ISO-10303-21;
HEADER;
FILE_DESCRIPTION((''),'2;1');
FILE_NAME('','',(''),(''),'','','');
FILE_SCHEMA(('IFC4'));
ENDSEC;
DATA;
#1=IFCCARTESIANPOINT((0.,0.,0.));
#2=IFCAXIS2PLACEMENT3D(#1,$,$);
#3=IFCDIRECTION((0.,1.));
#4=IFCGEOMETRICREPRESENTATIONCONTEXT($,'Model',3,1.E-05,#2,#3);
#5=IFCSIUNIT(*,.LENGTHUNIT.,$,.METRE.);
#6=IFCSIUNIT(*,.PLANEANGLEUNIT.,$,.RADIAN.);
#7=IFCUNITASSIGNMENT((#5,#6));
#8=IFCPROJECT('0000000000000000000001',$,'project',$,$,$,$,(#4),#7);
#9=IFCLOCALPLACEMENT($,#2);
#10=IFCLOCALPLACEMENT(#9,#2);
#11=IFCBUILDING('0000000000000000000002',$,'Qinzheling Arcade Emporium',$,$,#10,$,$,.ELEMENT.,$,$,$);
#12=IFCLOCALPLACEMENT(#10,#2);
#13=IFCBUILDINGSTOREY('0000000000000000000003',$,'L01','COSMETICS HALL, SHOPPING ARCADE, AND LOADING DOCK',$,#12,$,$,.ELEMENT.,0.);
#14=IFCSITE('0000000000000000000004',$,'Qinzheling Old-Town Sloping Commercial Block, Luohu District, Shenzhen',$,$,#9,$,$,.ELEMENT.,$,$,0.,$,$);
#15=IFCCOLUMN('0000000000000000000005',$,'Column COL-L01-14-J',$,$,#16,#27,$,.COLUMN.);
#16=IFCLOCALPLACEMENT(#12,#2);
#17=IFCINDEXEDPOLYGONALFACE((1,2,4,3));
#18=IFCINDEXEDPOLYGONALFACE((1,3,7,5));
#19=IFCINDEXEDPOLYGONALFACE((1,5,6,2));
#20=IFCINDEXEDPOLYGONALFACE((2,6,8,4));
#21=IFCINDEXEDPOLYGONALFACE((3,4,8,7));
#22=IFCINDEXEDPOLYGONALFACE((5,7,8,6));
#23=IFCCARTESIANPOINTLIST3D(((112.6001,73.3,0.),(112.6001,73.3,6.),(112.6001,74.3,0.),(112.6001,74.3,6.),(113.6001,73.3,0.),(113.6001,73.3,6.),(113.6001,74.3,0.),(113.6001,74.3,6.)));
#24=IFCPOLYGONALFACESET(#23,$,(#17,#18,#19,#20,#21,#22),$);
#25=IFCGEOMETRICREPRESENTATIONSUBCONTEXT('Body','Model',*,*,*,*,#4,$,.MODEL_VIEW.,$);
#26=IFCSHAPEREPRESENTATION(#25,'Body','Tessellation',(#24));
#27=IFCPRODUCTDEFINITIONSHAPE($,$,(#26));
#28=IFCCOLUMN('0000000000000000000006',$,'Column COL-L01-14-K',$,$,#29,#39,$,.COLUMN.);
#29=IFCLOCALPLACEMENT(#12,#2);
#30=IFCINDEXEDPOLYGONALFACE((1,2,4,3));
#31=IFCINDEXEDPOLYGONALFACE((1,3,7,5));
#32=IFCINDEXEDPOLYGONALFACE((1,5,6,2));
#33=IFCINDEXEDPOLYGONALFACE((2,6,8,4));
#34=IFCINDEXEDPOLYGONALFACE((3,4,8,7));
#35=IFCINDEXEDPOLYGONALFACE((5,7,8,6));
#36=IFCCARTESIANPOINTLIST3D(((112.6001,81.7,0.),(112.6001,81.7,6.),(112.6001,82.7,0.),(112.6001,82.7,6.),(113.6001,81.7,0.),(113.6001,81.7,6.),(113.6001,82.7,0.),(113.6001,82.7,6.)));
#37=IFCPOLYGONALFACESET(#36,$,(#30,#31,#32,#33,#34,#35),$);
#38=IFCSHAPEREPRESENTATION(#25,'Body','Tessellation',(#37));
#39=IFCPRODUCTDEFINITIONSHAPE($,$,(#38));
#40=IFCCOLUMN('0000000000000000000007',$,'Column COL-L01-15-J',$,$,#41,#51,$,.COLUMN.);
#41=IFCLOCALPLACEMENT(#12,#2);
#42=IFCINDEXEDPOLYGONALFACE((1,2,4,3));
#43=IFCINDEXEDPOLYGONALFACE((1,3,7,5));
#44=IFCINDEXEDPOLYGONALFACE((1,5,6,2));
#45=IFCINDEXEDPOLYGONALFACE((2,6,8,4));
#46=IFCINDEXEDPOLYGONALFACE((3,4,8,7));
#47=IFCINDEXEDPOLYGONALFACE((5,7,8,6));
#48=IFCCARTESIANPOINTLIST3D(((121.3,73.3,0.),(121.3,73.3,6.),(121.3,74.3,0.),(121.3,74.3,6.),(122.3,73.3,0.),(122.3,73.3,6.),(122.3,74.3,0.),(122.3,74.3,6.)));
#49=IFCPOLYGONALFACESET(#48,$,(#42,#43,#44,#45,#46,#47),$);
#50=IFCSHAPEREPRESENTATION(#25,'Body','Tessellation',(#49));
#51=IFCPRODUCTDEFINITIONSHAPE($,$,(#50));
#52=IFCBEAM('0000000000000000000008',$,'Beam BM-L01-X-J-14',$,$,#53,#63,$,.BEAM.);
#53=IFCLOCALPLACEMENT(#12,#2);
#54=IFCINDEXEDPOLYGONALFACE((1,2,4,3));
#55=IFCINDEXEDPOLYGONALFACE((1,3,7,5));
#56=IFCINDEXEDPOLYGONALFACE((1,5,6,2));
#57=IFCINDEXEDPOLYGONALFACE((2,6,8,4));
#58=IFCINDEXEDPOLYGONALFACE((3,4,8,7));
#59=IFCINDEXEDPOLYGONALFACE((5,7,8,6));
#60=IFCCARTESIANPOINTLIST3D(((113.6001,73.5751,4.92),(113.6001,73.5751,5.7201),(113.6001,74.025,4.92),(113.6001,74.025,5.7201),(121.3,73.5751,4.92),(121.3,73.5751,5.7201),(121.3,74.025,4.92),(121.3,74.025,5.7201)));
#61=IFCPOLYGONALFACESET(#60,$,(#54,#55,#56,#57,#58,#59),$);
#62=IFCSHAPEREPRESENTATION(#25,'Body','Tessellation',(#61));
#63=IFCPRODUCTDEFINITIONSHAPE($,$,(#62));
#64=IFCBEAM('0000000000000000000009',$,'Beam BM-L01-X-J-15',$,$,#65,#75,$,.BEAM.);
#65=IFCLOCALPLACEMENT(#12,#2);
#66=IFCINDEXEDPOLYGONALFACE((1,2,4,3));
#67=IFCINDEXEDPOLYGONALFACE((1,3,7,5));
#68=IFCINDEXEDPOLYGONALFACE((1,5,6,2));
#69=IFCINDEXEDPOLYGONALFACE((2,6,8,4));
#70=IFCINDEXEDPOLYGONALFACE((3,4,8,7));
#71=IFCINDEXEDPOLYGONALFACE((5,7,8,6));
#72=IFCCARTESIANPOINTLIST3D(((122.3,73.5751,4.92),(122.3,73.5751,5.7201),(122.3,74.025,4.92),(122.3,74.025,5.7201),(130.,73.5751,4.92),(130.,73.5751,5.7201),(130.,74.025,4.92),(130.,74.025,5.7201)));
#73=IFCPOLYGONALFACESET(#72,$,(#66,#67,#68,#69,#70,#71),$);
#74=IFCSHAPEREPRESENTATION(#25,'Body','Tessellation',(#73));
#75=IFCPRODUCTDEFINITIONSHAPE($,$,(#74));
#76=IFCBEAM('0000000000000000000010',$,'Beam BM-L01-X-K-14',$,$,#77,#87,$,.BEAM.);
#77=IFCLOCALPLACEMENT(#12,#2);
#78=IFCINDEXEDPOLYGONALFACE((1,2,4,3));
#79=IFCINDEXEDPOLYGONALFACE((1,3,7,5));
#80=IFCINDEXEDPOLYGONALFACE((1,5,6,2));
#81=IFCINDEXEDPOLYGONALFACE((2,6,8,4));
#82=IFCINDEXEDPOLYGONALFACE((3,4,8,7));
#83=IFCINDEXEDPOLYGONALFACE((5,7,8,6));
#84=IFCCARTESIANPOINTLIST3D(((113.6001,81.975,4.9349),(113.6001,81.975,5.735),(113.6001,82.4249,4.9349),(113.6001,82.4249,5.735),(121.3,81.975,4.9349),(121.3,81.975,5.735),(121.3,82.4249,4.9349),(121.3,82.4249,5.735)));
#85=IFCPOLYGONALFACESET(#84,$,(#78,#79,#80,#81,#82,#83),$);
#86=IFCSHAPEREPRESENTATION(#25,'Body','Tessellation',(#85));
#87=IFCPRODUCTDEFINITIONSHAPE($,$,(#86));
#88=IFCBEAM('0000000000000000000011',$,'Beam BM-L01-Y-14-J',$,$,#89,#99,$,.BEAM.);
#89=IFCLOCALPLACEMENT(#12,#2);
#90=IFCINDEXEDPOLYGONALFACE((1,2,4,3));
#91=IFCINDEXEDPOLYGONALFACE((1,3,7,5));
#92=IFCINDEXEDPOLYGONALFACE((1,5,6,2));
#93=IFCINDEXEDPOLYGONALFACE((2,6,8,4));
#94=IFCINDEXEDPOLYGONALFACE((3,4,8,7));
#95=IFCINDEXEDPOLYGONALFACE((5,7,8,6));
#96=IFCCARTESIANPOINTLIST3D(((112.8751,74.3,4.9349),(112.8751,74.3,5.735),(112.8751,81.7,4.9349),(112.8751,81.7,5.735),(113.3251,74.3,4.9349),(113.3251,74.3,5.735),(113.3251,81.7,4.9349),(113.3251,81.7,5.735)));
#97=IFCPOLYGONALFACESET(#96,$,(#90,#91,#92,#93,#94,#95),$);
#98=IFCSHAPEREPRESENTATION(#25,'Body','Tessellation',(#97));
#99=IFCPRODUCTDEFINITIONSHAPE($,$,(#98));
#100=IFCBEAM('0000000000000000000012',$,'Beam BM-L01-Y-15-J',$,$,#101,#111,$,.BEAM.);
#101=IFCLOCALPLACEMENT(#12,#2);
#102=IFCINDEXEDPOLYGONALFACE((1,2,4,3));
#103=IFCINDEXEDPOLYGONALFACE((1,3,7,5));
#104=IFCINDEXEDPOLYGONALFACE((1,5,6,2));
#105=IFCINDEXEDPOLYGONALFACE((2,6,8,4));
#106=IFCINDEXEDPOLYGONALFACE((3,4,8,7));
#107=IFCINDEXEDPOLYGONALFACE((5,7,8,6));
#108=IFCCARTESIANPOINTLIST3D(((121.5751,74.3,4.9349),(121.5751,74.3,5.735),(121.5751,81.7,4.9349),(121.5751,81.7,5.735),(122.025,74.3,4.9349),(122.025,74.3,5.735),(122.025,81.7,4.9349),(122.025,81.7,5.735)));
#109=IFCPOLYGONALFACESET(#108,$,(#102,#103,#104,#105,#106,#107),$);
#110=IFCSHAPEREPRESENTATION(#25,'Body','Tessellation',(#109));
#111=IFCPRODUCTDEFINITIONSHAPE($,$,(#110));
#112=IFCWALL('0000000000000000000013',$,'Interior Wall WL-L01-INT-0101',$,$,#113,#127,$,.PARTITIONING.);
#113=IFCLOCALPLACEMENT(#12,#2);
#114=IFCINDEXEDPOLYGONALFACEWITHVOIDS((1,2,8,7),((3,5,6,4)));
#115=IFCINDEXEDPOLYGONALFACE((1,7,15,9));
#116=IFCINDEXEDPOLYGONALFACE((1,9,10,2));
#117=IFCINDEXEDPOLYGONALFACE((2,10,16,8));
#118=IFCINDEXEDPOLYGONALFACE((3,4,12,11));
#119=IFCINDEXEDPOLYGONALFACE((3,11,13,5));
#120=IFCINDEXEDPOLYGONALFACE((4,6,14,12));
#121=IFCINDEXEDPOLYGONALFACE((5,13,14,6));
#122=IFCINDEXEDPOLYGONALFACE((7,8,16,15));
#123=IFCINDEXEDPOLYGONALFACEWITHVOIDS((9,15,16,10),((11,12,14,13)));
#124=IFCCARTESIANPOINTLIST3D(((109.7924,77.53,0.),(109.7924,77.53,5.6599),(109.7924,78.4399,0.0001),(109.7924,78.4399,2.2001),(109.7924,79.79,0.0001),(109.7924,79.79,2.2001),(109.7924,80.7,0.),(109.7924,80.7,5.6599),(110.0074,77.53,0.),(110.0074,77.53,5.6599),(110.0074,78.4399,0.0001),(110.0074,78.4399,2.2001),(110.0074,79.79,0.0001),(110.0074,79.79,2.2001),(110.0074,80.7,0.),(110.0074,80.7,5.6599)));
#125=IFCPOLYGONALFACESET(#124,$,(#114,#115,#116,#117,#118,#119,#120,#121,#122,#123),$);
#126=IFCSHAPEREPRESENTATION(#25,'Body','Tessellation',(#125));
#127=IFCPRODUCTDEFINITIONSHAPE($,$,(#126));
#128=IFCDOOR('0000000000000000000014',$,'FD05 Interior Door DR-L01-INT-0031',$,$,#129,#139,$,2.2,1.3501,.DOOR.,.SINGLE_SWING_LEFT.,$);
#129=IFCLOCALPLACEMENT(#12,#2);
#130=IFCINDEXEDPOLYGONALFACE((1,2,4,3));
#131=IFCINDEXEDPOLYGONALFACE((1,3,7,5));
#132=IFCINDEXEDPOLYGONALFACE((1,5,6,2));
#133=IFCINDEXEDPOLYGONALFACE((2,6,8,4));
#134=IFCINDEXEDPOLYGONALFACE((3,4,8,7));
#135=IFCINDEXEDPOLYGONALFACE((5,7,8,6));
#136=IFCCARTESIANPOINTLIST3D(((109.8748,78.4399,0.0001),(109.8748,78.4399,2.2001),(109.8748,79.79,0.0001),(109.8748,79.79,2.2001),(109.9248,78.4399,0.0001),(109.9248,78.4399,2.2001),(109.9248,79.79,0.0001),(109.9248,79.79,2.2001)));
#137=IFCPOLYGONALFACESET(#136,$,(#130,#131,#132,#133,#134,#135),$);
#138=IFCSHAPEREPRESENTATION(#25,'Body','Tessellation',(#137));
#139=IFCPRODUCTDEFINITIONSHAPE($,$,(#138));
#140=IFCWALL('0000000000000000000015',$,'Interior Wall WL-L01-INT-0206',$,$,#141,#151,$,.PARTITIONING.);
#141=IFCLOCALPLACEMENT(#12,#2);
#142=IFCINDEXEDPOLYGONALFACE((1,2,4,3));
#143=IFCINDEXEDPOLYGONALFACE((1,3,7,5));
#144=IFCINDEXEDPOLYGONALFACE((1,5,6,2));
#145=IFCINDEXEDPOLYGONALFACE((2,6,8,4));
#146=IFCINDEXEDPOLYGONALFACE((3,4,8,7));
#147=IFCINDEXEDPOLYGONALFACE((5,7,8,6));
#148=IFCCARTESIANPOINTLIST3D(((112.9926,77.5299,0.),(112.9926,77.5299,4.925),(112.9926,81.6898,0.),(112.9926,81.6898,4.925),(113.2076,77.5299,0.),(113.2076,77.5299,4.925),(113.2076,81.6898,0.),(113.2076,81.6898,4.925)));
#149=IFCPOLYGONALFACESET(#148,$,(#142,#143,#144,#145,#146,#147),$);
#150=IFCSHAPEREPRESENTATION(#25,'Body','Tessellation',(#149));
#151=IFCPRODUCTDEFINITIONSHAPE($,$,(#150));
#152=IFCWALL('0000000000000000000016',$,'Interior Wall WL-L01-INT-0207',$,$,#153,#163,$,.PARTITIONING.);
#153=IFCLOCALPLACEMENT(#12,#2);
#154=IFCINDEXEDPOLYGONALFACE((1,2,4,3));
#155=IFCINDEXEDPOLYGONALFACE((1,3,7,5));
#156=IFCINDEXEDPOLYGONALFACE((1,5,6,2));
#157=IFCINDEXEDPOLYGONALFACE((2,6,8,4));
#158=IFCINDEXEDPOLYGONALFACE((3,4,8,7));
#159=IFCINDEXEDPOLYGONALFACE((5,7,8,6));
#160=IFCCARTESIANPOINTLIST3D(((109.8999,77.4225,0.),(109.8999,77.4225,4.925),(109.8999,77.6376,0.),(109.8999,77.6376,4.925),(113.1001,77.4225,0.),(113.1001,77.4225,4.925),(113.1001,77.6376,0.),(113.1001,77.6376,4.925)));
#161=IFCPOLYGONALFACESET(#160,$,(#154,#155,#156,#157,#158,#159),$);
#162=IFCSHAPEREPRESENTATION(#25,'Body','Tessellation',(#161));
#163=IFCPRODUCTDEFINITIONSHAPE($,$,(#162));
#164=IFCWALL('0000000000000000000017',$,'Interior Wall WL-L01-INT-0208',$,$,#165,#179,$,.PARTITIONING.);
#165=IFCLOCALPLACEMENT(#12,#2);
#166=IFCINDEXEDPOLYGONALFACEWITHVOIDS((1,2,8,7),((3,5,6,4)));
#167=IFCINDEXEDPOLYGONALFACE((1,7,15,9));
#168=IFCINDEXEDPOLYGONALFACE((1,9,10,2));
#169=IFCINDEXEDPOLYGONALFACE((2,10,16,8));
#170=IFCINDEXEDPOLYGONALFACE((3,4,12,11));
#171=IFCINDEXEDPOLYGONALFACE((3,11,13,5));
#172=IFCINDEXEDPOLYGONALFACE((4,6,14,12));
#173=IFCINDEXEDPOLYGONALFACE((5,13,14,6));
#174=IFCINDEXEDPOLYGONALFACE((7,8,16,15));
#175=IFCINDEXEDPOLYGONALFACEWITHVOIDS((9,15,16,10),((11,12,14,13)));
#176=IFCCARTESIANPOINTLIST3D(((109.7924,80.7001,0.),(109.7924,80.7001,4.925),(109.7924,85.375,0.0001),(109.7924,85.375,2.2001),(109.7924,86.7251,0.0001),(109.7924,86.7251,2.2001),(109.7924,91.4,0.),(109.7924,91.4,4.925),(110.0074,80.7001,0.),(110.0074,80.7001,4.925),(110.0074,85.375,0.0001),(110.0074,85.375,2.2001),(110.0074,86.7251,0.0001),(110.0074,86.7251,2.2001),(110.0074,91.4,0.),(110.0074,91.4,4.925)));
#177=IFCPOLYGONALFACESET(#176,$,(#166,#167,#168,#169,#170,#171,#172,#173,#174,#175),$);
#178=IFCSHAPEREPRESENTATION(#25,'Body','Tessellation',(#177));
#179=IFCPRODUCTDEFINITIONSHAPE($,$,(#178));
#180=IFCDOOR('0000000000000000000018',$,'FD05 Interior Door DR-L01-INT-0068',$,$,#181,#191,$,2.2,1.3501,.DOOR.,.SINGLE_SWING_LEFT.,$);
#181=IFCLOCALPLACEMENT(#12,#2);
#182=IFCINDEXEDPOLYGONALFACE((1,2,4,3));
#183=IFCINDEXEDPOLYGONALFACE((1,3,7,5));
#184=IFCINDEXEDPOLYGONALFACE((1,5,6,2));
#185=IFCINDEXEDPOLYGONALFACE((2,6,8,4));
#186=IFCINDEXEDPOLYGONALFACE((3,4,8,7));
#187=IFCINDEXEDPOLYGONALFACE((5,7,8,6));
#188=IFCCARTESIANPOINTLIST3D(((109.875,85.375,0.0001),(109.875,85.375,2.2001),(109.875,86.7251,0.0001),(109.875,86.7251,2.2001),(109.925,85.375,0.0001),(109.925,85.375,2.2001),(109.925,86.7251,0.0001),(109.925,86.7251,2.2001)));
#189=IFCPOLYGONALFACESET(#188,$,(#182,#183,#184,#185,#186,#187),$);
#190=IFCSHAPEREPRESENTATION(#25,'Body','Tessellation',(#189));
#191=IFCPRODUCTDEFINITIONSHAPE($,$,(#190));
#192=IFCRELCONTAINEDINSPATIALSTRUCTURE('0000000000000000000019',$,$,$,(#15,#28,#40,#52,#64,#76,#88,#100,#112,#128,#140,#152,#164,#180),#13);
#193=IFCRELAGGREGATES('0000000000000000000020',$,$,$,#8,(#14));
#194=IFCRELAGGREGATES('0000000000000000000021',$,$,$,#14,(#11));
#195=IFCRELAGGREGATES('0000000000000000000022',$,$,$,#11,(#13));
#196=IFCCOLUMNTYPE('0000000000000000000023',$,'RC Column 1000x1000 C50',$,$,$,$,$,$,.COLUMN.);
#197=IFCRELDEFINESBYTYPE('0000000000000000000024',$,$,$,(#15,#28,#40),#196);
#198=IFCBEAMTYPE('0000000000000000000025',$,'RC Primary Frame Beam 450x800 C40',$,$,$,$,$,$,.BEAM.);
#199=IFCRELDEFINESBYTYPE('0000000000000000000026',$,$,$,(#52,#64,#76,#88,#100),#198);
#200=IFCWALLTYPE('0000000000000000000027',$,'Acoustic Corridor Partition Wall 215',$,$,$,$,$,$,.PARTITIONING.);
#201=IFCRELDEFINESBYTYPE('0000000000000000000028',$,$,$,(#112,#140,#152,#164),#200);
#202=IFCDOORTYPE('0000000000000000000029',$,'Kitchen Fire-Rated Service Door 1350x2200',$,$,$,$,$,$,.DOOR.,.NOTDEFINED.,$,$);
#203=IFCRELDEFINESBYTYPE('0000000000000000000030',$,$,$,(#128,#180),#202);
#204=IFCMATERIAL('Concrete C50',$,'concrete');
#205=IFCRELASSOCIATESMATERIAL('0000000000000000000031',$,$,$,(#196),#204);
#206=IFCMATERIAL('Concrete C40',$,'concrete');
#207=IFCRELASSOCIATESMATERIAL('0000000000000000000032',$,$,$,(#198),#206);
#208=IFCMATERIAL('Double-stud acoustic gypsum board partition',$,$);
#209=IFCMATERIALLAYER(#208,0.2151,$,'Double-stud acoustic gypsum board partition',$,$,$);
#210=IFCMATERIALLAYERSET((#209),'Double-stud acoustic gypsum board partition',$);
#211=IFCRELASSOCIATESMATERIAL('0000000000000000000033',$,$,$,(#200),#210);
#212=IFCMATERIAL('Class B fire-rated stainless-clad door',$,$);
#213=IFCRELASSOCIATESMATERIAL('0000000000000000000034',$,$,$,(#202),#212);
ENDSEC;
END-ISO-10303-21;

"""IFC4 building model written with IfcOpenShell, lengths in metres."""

from ifc_helpers import new_model, si_unit, direction, frame, frame_2d, origin, origin_2d, place, context, subcontext, project, spatial, rectangle, extrude, material, layer, layer_set, material_profile, profile_set, type_object, element, fill, save


model = new_model("IFC4")

# Units and contexts
model_context = context("Model", 3, precision=1e-05, world=origin(), true_north=direction((0.0, 1.0)))
body_context = subcontext(model_context, "Body", "Model", "MODEL_VIEW")
ifc_project = project(units=[si_unit("LENGTHUNIT", "METRE"), si_unit("PLANEANGLEUNIT", "RADIAN")], contexts=[model_context])

# Site, building, storey
site_placement = place(None, origin())
site = spatial("IfcSite", under=ifc_project, at=site_placement, Name="Qinzheling Old-Town Sloping Commercial Block, Luohu District, Shenzhen", CompositionType="ELEMENT", RefElevation=0.0)
building_placement = place(site_placement, origin())
building = spatial("IfcBuilding", under=site, at=building_placement, Name="Qinzheling Arcade Emporium", CompositionType="ELEMENT")
storey_placement = place(building_placement, origin())
storey = spatial("IfcBuildingStorey", under=building, at=storey_placement, Name="L01", Description="COSMETICS HALL, SHOPPING ARCADE, AND LOADING DOCK", CompositionType="ELEMENT", Elevation=0.0)

# Columns
ifc_material_1 = material(Name="Concrete C50", Category="concrete")
ifc_material_profile_1 = material_profile(ifc_material_1, rectangle(XDim=1.0, YDim=1.0, at=origin_2d()), Name="RC 1000x1000", Category="concrete")
ifc_profile_set_1 = profile_set([ifc_material_profile_1], Name="Concrete C50")
column_type = type_object("IfcColumnType", Name="RC Column 1000x1000 C50", PredefinedType="COLUMN", material=ifc_profile_set_1)
for number, where, z_axis, x_axis, name in (
    (1, (113.1001, 73.8, 0.0), (0.0, 0.0, 1.0), (1.0, 0.0, 0.0), "Column COL-L01-14-J"),
    (2, (113.1001, 82.2, 0.0), (0.0, 0.0, 1.0), (1.0, 0.0, 0.0), "Column COL-L01-14-K"),
    (3, (121.8, 73.8, 0.0), (0.0, 0.0, 1.0), (1.0, 0.0, 0.0), "Column COL-L01-15-J"),
):
    element("IfcColumn", number, at=place(storey_placement, frame(where, z_axis=z_axis, x_axis=x_axis)), inside=storey, type_object=column_type, Name=name, PredefinedType="COLUMN", context=body_context, shape_type="SweptSolid", body=[
        extrude(rectangle(XDim=1.0, YDim=1.0, at=origin_2d()), origin(), (0.0, 0.0, 1.0), 6.0),
    ])

# Beams
ifc_material_2 = material(Name="Concrete C40", Category="concrete")
ifc_material_profile_2 = material_profile(ifc_material_2, rectangle(XDim=0.45, YDim=0.8, at=origin_2d()), Name="RC 450x800", Category="concrete")
ifc_profile_set_2 = profile_set([ifc_material_profile_2], Name="Concrete C40")
beam_type = type_object("IfcBeamType", Name="RC Primary Frame Beam 450x800 C40", PredefinedType="BEAM", material=ifc_profile_set_2)
for number, where, z_axis, x_axis, name in (
    (4, (113.6001, 73.8, 5.3201), (1.0, 0.0, 0.0), (0.0, 1.0, 0.0), "Beam BM-L01-X-J-14"),
    (5, (122.3, 73.8, 5.3201), (1.0, 0.0, 0.0), (0.0, 1.0, 0.0), "Beam BM-L01-X-J-15"),
    (6, (113.6001, 82.2, 5.335), (1.0, 0.0, 0.0), (0.0, 1.0, 0.0), "Beam BM-L01-X-K-14"),
):
    element("IfcBeam", number, at=place(storey_placement, frame(where, z_axis=z_axis, x_axis=x_axis)), inside=storey, type_object=beam_type, Name=name, PredefinedType="BEAM", context=body_context, shape_type="SweptSolid", body=[
        extrude(rectangle(XDim=0.45, YDim=0.8, at=origin_2d()), origin(), (0.0, 0.0, 1.0), 7.7),
    ])
for number, where, z_axis, x_axis, name in (
    (7, (113.1001, 74.3, 5.335), (0.0, 1.0, 0.0), (-1.0, 0.0, 0.0), "Beam BM-L01-Y-14-J"),
    (8, (121.8, 74.3, 5.335), (0.0, 1.0, 0.0), (-1.0, 0.0, 0.0), "Beam BM-L01-Y-15-J"),
):
    element("IfcBeam", number, at=place(storey_placement, frame(where, z_axis=z_axis, x_axis=x_axis)), inside=storey, type_object=beam_type, Name=name, PredefinedType="BEAM", context=body_context, shape_type="SweptSolid", body=[
        extrude(rectangle(XDim=0.45, YDim=0.8, at=origin_2d()), origin(), (0.0, 0.0, 1.0), 7.3999),
    ])

# Wall, opening, door
ifc_material_3 = material(Name="Double-stud acoustic gypsum board partition")
ifc_layer_1 = layer(ifc_material_3, 0.2151, Name="Double-stud acoustic gypsum board partition")
ifc_layer_set_1 = layer_set([ifc_layer_1], Name="Double-stud acoustic gypsum board partition")
wall_type_1 = type_object("IfcWallType", Name="Acoustic Corridor Partition Wall 215", PredefinedType="PARTITIONING", material=ifc_layer_set_1)
wall_1_placement = place(storey_placement, frame((109.8999, 80.7, 0.0), z_axis=(0.0, 0.0, 1.0), x_axis=(0.0, -1.0, 0.0)))
wall_1 = element("IfcWall", 9, at=wall_1_placement, inside=storey, type_object=wall_type_1, Name="Interior Wall WL-L01-INT-0101", PredefinedType="PARTITIONING", context=body_context, shape_type="SweptSolid", body=[
    extrude(rectangle(XDim=3.1699, YDim=0.2151, at=frame_2d((1.585, 0.0))), origin(), (0.0, 0.0, 1.0), 5.6599),
])
opening_1_placement = place(wall_1_placement, frame((0.9099, 0.0, 0.0)))
opening_1 = element("IfcOpeningElement", 10, at=opening_1_placement, cuts=wall_1, PredefinedType="OPENING", context=body_context, shape_type="SweptSolid", body=[
    extrude(rectangle(XDim=1.3501, YDim=2.2, at=frame_2d((0.675, 1.1001))), frame((0.0, 0.1177, 0.0), z_axis=(0.0, -1.0, 0.0), x_axis=(1.0, 0.0, 0.0)), (0.0, 0.0, 1.0), 0.2351),
])
ifc_material_4 = material(Name="Class B fire-rated stainless-clad door")
door_type_1 = type_object("IfcDoorType", Name="Kitchen Fire-Rated Service Door 1350x2200", OperationType="NOTDEFINED", PredefinedType="DOOR", material=ifc_material_4)
door_1_placement = place(opening_1_placement, origin())
door_1 = element("IfcDoor", 11, at=door_1_placement, inside=storey, type_object=door_type_1, Name="FD05 Interior Door DR-L01-INT-0031", OperationType="SINGLE_SWING_LEFT", OverallHeight=2.2, OverallWidth=1.3501, PredefinedType="DOOR", context=body_context, shape_type="SweptSolid", body=[
    extrude(rectangle(XDim=1.3501, YDim=2.2, at=frame_2d((0.675, 1.1001))), frame((0.0, 0.0249, 0.0), z_axis=(0.0, -1.0, 0.0), x_axis=(1.0, 0.0, 0.0)), (0.0, 0.0, 1.0), 0.05),
])
fill(opening_1, door_1)

# Walls
wall_2_placement = place(storey_placement, frame((113.1001, 81.6899, 0.0), z_axis=(0.0, 0.0, 1.0), x_axis=(0.0, -1.0, 0.0)))
element("IfcWall", 12, at=wall_2_placement, inside=storey, type_object=wall_type_1, Name="Interior Wall WL-L01-INT-0206", PredefinedType="PARTITIONING", context=body_context, shape_type="SweptSolid", body=[
    extrude(rectangle(XDim=4.1599, YDim=0.2151, at=frame_2d((2.0801, 0.0))), origin(), (0.0, 0.0, 1.0), 4.925),
])
wall_3_placement = place(storey_placement, frame((113.1001, 77.53, 0.0), z_axis=(0.0, 0.0, 1.0), x_axis=(-1.0, 0.0, 0.0)))
element("IfcWall", 13, at=wall_3_placement, inside=storey, type_object=wall_type_1, Name="Interior Wall WL-L01-INT-0207", PredefinedType="PARTITIONING", context=body_context, shape_type="SweptSolid", body=[
    extrude(rectangle(XDim=3.2002, YDim=0.2151, at=frame_2d((1.6001, 0.0))), origin(), (0.0, 0.0, 1.0), 4.925),
])

# Wall, opening, door
wall_4_placement = place(storey_placement, frame((109.8999, 80.7, 0.0), z_axis=(0.0, 0.0, 1.0), x_axis=(0.0, 1.0, 0.0)))
wall_4 = element("IfcWall", 14, at=wall_4_placement, inside=storey, type_object=wall_type_1, Name="Interior Wall WL-L01-INT-0208", PredefinedType="PARTITIONING", context=body_context, shape_type="SweptSolid", body=[
    extrude(rectangle(XDim=10.7, YDim=0.2151, at=frame_2d((5.3501, 0.0))), origin(), (0.0, 0.0, 1.0), 4.925),
])
opening_2_placement = place(wall_4_placement, frame((4.675, 0.0, 0.0)))
opening_2 = element("IfcOpeningElement", 15, at=opening_2_placement, cuts=wall_4, PredefinedType="OPENING", context=body_context, shape_type="SweptSolid", body=[
    extrude(rectangle(XDim=1.3501, YDim=2.2, at=frame_2d((0.675, 1.1001))), frame((0.0, 0.1177, 0.0), z_axis=(0.0, -1.0, 0.0), x_axis=(1.0, 0.0, 0.0)), (0.0, 0.0, 1.0), 0.2351),
])
door_2_placement = place(opening_2_placement, origin())
door_2 = element("IfcDoor", 16, at=door_2_placement, inside=storey, type_object=door_type_1, Name="FD05 Interior Door DR-L01-INT-0068", OperationType="SINGLE_SWING_LEFT", OverallHeight=2.2, OverallWidth=1.3501, PredefinedType="DOOR", context=body_context, shape_type="SweptSolid", body=[
    extrude(rectangle(XDim=1.3501, YDim=2.2, at=frame_2d((0.675, 1.1001))), frame((0.0, 0.0249, 0.0), z_axis=(0.0, -1.0, 0.0), x_axis=(1.0, 0.0, 0.0)), (0.0, 0.0, 1.0), 0.05),
])
fill(opening_2, door_2)

save(model, "model.ifc")
